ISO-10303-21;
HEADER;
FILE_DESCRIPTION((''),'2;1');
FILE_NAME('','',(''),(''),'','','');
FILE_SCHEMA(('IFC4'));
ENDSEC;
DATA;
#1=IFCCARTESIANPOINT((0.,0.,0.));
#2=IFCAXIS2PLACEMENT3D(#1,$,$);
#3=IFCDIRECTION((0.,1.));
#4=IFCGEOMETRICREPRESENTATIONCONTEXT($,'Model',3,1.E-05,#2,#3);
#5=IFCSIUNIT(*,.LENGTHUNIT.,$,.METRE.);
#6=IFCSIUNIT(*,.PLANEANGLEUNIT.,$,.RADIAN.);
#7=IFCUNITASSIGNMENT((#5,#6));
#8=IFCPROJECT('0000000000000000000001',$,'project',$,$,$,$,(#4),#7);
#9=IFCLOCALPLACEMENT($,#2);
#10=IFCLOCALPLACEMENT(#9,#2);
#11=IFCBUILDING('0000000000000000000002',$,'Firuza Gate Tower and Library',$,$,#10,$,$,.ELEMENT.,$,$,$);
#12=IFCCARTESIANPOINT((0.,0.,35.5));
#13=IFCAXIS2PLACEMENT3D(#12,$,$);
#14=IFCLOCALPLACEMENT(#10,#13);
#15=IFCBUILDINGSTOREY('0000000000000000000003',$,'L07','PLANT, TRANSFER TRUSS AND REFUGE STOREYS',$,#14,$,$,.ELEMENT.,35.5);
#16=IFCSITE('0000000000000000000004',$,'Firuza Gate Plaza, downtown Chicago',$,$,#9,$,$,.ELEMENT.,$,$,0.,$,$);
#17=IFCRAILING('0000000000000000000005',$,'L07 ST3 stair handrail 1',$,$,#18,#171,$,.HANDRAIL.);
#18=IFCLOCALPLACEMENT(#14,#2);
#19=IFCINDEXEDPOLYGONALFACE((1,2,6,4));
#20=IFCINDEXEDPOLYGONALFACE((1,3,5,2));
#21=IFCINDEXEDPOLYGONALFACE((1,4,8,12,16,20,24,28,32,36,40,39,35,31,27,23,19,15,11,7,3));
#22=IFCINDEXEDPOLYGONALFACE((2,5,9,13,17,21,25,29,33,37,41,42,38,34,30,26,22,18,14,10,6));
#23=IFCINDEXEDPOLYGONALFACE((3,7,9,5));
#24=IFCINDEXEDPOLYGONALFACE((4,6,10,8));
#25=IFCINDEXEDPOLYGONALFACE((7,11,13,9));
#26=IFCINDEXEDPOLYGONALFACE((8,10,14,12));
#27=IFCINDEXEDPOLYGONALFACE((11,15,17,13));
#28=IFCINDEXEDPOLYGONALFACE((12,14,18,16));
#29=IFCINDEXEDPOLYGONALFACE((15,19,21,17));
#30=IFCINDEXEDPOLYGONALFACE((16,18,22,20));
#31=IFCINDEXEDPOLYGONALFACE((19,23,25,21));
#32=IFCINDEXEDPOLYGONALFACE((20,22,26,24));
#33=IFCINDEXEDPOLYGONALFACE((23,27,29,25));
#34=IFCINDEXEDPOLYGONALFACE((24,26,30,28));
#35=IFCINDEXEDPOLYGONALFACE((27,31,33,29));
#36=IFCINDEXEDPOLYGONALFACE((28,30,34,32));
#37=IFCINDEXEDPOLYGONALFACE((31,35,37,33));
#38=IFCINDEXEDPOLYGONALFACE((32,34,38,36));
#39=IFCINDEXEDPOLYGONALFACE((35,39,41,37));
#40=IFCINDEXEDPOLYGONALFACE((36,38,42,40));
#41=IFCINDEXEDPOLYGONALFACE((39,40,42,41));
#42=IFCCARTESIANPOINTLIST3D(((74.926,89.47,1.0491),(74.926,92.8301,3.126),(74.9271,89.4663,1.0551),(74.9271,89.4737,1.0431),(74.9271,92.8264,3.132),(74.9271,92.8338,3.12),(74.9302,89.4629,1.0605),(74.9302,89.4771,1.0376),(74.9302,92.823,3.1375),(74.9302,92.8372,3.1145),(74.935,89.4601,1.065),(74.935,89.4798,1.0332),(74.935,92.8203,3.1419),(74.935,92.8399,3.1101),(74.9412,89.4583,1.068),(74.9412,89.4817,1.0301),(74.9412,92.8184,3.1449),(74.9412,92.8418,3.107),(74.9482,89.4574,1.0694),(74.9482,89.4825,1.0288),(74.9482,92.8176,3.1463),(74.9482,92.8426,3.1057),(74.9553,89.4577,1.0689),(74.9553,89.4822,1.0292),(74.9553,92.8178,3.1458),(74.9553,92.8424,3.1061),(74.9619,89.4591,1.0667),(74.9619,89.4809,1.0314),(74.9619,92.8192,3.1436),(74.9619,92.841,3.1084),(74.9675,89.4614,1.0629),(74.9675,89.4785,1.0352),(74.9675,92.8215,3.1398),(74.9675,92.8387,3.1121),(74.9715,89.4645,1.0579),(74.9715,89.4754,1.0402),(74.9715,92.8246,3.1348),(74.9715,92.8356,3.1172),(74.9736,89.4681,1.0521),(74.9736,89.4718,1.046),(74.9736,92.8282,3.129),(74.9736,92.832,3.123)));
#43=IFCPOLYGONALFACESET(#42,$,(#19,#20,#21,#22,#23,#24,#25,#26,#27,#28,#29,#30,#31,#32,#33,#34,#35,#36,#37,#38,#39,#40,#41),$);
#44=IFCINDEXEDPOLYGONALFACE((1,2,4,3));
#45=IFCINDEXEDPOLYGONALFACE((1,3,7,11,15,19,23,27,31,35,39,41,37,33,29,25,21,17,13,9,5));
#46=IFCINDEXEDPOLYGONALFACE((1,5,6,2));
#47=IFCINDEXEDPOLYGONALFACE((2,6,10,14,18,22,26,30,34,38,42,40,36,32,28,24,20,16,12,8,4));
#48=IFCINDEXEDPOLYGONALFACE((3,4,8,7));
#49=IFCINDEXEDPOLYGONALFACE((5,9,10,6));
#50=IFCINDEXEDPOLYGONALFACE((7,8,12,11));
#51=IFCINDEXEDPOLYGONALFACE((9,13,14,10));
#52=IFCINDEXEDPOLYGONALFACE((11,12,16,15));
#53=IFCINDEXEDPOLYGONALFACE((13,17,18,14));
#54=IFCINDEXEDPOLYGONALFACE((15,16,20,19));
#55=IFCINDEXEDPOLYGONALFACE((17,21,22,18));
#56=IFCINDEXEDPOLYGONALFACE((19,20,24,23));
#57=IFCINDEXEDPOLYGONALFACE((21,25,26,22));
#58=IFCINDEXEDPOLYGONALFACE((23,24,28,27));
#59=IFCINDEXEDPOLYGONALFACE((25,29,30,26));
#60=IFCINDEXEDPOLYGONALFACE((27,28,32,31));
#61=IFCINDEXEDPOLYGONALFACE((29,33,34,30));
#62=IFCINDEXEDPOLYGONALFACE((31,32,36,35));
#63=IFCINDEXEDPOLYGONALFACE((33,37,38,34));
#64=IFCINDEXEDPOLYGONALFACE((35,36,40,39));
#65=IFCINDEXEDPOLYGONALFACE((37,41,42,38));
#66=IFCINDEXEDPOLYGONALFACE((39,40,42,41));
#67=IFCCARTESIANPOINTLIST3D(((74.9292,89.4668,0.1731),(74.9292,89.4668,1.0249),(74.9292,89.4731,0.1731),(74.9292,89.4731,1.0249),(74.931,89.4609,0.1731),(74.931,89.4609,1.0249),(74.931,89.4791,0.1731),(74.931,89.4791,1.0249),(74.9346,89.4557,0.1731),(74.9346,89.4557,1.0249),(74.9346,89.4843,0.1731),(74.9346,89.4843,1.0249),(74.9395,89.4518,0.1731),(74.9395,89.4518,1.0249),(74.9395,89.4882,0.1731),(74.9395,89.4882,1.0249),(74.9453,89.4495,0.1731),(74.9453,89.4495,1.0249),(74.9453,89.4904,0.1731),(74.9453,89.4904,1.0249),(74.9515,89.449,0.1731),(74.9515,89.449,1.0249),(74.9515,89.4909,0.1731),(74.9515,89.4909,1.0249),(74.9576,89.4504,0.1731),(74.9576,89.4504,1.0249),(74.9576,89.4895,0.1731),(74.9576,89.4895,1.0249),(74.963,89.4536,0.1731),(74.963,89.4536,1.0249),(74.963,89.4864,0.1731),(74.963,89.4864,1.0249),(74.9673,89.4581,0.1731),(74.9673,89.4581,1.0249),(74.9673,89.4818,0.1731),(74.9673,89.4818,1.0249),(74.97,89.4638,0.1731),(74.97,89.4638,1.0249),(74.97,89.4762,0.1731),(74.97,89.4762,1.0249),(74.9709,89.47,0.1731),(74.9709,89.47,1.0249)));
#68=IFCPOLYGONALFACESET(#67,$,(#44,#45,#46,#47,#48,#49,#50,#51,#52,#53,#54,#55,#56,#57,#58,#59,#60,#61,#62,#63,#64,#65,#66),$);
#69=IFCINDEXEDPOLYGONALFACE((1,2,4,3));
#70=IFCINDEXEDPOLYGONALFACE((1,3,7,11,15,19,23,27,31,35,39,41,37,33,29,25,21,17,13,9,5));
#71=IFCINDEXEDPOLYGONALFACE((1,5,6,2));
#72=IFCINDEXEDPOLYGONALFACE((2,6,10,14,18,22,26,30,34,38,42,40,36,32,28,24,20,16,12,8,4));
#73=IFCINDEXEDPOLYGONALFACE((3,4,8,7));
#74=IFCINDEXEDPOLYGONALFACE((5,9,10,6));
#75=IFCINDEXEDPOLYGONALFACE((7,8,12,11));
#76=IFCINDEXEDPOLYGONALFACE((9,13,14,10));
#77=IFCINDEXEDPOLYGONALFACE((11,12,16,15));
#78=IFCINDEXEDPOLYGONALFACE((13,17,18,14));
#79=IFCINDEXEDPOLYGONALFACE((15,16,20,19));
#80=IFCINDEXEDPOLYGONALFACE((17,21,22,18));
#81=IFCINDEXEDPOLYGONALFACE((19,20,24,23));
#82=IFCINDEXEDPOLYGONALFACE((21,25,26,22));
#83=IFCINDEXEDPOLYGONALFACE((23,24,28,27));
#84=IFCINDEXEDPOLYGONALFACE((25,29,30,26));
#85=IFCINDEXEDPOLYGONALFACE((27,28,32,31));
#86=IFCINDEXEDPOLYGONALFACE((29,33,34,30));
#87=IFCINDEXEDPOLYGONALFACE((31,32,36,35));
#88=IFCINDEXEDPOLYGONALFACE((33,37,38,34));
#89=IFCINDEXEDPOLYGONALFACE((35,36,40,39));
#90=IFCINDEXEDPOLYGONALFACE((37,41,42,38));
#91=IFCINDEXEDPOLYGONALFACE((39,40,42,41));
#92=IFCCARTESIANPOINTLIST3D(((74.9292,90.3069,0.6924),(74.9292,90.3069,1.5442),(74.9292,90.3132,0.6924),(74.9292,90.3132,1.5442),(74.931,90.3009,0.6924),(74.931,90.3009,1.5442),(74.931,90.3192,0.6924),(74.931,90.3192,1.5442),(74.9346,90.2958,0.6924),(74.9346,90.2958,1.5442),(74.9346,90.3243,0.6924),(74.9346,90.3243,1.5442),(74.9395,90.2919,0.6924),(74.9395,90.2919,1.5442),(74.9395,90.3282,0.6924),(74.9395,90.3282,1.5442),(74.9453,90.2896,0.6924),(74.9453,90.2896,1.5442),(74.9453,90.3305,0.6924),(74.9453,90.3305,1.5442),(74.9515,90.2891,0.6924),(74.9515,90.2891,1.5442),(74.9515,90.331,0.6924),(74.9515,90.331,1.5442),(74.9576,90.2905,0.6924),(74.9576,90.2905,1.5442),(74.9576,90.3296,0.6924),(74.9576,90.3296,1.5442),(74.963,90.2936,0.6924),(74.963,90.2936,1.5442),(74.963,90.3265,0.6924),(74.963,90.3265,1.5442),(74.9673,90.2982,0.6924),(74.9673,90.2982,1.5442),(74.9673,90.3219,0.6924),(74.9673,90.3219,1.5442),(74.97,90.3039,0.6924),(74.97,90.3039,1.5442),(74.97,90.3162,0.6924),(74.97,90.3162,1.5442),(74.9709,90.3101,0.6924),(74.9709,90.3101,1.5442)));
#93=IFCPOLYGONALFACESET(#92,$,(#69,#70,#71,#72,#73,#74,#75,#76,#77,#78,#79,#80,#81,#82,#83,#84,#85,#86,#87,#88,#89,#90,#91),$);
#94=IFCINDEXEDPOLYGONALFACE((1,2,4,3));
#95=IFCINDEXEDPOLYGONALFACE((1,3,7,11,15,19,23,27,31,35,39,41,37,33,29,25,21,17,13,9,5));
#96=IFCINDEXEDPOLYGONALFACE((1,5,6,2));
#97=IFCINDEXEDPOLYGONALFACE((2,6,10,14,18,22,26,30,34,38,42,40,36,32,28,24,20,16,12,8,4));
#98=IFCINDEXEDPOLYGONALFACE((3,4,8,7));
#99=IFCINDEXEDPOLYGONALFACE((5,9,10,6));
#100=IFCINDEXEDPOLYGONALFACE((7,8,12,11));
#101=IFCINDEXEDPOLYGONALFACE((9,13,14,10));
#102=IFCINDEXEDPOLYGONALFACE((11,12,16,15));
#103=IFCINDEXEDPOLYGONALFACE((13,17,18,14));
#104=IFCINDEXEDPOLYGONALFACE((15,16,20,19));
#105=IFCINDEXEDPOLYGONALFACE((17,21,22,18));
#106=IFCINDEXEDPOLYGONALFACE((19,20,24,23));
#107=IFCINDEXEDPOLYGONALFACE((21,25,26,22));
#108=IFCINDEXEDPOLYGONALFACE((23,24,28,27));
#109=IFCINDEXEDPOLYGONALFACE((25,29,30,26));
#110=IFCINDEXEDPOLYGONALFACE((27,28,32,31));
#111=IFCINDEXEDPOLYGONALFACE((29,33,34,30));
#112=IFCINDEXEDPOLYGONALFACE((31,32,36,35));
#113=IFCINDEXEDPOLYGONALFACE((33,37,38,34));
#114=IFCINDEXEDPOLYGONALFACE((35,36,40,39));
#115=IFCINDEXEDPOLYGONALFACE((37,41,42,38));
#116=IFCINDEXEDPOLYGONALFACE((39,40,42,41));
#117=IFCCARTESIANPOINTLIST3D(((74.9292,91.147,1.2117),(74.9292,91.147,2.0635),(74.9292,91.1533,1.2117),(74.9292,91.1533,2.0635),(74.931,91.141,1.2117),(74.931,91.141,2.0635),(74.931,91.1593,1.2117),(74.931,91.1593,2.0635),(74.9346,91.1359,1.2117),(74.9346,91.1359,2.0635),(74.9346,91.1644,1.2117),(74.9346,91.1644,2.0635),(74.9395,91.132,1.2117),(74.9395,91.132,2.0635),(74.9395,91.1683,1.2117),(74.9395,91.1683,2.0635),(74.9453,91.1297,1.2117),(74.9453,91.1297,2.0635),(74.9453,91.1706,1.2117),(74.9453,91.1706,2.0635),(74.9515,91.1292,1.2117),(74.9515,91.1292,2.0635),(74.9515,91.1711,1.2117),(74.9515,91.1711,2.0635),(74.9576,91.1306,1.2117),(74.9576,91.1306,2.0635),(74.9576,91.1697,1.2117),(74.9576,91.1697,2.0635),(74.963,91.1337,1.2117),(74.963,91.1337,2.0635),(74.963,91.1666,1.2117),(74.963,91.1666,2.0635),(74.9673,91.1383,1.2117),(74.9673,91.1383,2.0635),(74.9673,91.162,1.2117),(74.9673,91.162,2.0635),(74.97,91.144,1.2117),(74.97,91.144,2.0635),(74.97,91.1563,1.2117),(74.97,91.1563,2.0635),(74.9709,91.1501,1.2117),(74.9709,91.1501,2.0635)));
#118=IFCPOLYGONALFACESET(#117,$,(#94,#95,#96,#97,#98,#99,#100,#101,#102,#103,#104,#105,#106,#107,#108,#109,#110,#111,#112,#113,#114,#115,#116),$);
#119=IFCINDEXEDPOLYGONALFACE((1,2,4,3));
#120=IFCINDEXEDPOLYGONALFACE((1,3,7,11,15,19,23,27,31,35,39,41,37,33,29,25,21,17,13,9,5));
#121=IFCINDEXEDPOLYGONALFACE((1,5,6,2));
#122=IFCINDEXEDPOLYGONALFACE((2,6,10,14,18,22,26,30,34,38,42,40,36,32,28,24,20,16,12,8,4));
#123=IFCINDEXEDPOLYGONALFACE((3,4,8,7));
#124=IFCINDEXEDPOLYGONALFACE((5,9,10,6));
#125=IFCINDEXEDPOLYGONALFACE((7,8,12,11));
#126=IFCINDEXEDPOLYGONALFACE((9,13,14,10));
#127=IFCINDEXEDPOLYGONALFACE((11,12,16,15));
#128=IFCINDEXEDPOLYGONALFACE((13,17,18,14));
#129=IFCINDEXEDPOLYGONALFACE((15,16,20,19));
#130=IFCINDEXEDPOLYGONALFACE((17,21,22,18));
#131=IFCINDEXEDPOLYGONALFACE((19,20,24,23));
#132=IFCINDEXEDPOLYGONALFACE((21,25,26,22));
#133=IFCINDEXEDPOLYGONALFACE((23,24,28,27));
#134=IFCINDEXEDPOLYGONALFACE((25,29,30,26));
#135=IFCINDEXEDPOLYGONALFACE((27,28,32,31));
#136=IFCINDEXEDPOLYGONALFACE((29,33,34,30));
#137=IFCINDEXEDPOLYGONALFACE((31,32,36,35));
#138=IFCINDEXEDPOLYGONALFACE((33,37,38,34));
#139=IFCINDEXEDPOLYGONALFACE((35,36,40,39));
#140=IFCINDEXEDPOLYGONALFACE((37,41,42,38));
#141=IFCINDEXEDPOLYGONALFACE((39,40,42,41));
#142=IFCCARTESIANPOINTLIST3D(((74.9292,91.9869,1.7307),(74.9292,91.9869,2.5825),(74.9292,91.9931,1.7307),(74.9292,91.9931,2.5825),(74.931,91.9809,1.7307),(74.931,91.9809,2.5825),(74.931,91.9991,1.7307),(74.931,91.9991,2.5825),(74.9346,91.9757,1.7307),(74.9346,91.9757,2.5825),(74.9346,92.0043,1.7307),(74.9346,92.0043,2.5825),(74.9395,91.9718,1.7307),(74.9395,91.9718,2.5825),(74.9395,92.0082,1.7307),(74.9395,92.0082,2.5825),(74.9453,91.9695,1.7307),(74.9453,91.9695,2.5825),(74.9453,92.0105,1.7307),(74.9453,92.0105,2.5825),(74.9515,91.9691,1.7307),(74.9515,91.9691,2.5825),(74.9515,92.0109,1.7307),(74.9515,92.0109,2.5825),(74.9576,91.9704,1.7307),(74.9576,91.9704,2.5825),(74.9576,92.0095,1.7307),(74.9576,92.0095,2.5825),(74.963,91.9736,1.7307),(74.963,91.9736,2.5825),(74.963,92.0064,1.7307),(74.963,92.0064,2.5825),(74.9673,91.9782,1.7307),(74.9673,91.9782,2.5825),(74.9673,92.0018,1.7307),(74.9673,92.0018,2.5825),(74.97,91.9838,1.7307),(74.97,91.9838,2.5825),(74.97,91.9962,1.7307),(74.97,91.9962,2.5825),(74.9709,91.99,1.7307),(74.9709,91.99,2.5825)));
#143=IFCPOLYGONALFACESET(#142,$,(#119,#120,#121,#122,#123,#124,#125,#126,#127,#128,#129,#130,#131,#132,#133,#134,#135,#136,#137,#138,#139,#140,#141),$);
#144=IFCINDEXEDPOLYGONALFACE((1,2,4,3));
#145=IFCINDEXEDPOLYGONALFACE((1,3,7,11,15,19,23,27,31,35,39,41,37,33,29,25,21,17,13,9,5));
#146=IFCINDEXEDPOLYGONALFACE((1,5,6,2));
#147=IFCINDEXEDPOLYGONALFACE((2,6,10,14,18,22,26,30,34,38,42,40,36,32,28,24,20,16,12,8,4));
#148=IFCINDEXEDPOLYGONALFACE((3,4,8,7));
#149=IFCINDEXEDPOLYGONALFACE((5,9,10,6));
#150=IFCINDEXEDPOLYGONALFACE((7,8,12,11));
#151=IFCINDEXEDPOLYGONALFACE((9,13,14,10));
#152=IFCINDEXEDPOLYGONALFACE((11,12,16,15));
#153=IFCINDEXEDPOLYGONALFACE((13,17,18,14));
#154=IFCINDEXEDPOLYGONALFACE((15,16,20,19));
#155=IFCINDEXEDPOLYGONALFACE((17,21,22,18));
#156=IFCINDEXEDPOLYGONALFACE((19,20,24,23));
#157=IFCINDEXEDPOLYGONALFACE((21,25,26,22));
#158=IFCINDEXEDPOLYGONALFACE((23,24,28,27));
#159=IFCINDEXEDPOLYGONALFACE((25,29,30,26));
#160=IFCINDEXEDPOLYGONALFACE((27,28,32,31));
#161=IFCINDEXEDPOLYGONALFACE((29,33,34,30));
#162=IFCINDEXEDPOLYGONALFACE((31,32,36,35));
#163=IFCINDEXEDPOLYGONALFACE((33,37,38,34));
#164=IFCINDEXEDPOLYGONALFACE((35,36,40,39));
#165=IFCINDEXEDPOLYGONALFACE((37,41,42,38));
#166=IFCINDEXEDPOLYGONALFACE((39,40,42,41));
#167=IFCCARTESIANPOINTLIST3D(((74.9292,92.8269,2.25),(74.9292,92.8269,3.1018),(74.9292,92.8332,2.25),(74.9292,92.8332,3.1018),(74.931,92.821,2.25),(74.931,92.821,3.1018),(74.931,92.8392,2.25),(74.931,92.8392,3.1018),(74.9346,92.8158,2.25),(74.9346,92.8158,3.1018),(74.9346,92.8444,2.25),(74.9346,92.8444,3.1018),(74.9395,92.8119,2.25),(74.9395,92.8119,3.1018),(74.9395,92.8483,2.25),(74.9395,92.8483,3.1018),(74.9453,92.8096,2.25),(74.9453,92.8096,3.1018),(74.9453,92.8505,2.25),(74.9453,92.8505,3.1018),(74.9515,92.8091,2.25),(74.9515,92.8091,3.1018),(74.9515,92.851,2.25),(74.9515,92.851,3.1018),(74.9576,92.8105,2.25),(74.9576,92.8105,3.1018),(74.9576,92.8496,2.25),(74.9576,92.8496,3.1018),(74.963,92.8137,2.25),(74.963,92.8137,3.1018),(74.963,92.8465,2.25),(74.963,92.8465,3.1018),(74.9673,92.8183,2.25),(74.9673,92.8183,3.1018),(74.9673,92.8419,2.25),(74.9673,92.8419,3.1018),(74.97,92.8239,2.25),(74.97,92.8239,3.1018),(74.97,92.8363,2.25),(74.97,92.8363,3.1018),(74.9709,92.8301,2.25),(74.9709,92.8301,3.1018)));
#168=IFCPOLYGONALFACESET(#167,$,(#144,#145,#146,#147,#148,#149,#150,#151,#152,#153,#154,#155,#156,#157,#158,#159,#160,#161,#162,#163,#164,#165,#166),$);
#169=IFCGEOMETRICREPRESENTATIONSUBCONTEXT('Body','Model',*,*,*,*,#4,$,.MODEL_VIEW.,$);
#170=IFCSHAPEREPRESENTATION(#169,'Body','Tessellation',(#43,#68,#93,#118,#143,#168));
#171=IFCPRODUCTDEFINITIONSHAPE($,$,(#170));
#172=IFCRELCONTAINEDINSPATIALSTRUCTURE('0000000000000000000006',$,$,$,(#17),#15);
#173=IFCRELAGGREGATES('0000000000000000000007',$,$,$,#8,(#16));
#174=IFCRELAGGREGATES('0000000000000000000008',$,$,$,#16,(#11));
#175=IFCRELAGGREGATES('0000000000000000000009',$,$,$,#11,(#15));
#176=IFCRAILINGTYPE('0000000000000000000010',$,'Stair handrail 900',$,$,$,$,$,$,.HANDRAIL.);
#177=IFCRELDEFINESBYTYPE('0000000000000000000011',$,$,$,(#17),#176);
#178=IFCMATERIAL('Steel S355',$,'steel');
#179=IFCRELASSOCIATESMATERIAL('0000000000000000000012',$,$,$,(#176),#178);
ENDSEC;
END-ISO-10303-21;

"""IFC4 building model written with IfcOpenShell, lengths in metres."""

from ifc_helpers import new_model, si_unit, direction, frame, origin, origin_2d, place, context, subcontext, project, spatial, circle, extrude, material, type_object, element, save


model = new_model("IFC4")

# Units and contexts
model_context = context("Model", 3, precision=1e-05, world=origin(), true_north=direction((0.0, 1.0)))
body_context = subcontext(model_context, "Body", "Model", "MODEL_VIEW")
ifc_project = project(units=[si_unit("LENGTHUNIT", "METRE"), si_unit("PLANEANGLEUNIT", "RADIAN")], contexts=[model_context])

# Site, building, storey
site_placement = place(None, origin())
site = spatial("IfcSite", under=ifc_project, at=site_placement, Name="Firuza Gate Plaza, downtown Chicago", CompositionType="ELEMENT", RefElevation=0.0)
building_placement = place(site_placement, origin())
building = spatial("IfcBuilding", under=site, at=building_placement, Name="Firuza Gate Tower and Library", CompositionType="ELEMENT")
storey_placement = place(building_placement, frame((0.0, 0.0, 35.5)))
storey = spatial("IfcBuildingStorey", under=building, at=storey_placement, Name="L07", Description="PLANT, TRANSFER TRUSS AND REFUGE STOREYS", CompositionType="ELEMENT", Elevation=35.5)

# Railing
ifc_material_1 = material(Name="Steel S355", Category="steel")
railing_type_1 = type_object("IfcRailingType", Name="Stair handrail 900", PredefinedType="HANDRAIL", material=ifc_material_1)
railing_1_placement = place(storey_placement, frame((74.95, 89.47, 0.1731)))
element("IfcRailing", 1, at=railing_1_placement, inside=storey, type_object=railing_type_1, Name="L07 ST3 stair handrail 1", PredefinedType="HANDRAIL", context=body_context, shape_type="SweptSolid", body=[
    extrude(circle(Radius=0.0239, at=origin_2d()), frame((0.0, 0.0, 0.876), z_axis=(0.0, 0.850623, 0.525776), x_axis=(-1.0, 0.0, 0.0)), (0.0, 0.0, 1.0), 3.9502),
    extrude(circle(Radius=0.021, at=origin_2d()), origin(), (0.0, 0.0, 1.0), 0.8518),
    extrude(circle(Radius=0.021, at=origin_2d()), frame((0.0, 0.8401, 0.5193)), (0.0, 0.0, 1.0), 0.8518),
    extrude(circle(Radius=0.021, at=origin_2d()), frame((0.0, 1.6802, 1.0386)), (0.0, 0.0, 1.0), 0.8518),
    extrude(circle(Radius=0.021, at=origin_2d()), frame((0.0, 2.52, 1.5576)), (0.0, 0.0, 1.0), 0.8518),
    extrude(circle(Radius=0.021, at=origin_2d()), frame((0.0, 3.3601, 2.0769)), (0.0, 0.0, 1.0), 0.8518),
])

save(model, "model.ifc")
